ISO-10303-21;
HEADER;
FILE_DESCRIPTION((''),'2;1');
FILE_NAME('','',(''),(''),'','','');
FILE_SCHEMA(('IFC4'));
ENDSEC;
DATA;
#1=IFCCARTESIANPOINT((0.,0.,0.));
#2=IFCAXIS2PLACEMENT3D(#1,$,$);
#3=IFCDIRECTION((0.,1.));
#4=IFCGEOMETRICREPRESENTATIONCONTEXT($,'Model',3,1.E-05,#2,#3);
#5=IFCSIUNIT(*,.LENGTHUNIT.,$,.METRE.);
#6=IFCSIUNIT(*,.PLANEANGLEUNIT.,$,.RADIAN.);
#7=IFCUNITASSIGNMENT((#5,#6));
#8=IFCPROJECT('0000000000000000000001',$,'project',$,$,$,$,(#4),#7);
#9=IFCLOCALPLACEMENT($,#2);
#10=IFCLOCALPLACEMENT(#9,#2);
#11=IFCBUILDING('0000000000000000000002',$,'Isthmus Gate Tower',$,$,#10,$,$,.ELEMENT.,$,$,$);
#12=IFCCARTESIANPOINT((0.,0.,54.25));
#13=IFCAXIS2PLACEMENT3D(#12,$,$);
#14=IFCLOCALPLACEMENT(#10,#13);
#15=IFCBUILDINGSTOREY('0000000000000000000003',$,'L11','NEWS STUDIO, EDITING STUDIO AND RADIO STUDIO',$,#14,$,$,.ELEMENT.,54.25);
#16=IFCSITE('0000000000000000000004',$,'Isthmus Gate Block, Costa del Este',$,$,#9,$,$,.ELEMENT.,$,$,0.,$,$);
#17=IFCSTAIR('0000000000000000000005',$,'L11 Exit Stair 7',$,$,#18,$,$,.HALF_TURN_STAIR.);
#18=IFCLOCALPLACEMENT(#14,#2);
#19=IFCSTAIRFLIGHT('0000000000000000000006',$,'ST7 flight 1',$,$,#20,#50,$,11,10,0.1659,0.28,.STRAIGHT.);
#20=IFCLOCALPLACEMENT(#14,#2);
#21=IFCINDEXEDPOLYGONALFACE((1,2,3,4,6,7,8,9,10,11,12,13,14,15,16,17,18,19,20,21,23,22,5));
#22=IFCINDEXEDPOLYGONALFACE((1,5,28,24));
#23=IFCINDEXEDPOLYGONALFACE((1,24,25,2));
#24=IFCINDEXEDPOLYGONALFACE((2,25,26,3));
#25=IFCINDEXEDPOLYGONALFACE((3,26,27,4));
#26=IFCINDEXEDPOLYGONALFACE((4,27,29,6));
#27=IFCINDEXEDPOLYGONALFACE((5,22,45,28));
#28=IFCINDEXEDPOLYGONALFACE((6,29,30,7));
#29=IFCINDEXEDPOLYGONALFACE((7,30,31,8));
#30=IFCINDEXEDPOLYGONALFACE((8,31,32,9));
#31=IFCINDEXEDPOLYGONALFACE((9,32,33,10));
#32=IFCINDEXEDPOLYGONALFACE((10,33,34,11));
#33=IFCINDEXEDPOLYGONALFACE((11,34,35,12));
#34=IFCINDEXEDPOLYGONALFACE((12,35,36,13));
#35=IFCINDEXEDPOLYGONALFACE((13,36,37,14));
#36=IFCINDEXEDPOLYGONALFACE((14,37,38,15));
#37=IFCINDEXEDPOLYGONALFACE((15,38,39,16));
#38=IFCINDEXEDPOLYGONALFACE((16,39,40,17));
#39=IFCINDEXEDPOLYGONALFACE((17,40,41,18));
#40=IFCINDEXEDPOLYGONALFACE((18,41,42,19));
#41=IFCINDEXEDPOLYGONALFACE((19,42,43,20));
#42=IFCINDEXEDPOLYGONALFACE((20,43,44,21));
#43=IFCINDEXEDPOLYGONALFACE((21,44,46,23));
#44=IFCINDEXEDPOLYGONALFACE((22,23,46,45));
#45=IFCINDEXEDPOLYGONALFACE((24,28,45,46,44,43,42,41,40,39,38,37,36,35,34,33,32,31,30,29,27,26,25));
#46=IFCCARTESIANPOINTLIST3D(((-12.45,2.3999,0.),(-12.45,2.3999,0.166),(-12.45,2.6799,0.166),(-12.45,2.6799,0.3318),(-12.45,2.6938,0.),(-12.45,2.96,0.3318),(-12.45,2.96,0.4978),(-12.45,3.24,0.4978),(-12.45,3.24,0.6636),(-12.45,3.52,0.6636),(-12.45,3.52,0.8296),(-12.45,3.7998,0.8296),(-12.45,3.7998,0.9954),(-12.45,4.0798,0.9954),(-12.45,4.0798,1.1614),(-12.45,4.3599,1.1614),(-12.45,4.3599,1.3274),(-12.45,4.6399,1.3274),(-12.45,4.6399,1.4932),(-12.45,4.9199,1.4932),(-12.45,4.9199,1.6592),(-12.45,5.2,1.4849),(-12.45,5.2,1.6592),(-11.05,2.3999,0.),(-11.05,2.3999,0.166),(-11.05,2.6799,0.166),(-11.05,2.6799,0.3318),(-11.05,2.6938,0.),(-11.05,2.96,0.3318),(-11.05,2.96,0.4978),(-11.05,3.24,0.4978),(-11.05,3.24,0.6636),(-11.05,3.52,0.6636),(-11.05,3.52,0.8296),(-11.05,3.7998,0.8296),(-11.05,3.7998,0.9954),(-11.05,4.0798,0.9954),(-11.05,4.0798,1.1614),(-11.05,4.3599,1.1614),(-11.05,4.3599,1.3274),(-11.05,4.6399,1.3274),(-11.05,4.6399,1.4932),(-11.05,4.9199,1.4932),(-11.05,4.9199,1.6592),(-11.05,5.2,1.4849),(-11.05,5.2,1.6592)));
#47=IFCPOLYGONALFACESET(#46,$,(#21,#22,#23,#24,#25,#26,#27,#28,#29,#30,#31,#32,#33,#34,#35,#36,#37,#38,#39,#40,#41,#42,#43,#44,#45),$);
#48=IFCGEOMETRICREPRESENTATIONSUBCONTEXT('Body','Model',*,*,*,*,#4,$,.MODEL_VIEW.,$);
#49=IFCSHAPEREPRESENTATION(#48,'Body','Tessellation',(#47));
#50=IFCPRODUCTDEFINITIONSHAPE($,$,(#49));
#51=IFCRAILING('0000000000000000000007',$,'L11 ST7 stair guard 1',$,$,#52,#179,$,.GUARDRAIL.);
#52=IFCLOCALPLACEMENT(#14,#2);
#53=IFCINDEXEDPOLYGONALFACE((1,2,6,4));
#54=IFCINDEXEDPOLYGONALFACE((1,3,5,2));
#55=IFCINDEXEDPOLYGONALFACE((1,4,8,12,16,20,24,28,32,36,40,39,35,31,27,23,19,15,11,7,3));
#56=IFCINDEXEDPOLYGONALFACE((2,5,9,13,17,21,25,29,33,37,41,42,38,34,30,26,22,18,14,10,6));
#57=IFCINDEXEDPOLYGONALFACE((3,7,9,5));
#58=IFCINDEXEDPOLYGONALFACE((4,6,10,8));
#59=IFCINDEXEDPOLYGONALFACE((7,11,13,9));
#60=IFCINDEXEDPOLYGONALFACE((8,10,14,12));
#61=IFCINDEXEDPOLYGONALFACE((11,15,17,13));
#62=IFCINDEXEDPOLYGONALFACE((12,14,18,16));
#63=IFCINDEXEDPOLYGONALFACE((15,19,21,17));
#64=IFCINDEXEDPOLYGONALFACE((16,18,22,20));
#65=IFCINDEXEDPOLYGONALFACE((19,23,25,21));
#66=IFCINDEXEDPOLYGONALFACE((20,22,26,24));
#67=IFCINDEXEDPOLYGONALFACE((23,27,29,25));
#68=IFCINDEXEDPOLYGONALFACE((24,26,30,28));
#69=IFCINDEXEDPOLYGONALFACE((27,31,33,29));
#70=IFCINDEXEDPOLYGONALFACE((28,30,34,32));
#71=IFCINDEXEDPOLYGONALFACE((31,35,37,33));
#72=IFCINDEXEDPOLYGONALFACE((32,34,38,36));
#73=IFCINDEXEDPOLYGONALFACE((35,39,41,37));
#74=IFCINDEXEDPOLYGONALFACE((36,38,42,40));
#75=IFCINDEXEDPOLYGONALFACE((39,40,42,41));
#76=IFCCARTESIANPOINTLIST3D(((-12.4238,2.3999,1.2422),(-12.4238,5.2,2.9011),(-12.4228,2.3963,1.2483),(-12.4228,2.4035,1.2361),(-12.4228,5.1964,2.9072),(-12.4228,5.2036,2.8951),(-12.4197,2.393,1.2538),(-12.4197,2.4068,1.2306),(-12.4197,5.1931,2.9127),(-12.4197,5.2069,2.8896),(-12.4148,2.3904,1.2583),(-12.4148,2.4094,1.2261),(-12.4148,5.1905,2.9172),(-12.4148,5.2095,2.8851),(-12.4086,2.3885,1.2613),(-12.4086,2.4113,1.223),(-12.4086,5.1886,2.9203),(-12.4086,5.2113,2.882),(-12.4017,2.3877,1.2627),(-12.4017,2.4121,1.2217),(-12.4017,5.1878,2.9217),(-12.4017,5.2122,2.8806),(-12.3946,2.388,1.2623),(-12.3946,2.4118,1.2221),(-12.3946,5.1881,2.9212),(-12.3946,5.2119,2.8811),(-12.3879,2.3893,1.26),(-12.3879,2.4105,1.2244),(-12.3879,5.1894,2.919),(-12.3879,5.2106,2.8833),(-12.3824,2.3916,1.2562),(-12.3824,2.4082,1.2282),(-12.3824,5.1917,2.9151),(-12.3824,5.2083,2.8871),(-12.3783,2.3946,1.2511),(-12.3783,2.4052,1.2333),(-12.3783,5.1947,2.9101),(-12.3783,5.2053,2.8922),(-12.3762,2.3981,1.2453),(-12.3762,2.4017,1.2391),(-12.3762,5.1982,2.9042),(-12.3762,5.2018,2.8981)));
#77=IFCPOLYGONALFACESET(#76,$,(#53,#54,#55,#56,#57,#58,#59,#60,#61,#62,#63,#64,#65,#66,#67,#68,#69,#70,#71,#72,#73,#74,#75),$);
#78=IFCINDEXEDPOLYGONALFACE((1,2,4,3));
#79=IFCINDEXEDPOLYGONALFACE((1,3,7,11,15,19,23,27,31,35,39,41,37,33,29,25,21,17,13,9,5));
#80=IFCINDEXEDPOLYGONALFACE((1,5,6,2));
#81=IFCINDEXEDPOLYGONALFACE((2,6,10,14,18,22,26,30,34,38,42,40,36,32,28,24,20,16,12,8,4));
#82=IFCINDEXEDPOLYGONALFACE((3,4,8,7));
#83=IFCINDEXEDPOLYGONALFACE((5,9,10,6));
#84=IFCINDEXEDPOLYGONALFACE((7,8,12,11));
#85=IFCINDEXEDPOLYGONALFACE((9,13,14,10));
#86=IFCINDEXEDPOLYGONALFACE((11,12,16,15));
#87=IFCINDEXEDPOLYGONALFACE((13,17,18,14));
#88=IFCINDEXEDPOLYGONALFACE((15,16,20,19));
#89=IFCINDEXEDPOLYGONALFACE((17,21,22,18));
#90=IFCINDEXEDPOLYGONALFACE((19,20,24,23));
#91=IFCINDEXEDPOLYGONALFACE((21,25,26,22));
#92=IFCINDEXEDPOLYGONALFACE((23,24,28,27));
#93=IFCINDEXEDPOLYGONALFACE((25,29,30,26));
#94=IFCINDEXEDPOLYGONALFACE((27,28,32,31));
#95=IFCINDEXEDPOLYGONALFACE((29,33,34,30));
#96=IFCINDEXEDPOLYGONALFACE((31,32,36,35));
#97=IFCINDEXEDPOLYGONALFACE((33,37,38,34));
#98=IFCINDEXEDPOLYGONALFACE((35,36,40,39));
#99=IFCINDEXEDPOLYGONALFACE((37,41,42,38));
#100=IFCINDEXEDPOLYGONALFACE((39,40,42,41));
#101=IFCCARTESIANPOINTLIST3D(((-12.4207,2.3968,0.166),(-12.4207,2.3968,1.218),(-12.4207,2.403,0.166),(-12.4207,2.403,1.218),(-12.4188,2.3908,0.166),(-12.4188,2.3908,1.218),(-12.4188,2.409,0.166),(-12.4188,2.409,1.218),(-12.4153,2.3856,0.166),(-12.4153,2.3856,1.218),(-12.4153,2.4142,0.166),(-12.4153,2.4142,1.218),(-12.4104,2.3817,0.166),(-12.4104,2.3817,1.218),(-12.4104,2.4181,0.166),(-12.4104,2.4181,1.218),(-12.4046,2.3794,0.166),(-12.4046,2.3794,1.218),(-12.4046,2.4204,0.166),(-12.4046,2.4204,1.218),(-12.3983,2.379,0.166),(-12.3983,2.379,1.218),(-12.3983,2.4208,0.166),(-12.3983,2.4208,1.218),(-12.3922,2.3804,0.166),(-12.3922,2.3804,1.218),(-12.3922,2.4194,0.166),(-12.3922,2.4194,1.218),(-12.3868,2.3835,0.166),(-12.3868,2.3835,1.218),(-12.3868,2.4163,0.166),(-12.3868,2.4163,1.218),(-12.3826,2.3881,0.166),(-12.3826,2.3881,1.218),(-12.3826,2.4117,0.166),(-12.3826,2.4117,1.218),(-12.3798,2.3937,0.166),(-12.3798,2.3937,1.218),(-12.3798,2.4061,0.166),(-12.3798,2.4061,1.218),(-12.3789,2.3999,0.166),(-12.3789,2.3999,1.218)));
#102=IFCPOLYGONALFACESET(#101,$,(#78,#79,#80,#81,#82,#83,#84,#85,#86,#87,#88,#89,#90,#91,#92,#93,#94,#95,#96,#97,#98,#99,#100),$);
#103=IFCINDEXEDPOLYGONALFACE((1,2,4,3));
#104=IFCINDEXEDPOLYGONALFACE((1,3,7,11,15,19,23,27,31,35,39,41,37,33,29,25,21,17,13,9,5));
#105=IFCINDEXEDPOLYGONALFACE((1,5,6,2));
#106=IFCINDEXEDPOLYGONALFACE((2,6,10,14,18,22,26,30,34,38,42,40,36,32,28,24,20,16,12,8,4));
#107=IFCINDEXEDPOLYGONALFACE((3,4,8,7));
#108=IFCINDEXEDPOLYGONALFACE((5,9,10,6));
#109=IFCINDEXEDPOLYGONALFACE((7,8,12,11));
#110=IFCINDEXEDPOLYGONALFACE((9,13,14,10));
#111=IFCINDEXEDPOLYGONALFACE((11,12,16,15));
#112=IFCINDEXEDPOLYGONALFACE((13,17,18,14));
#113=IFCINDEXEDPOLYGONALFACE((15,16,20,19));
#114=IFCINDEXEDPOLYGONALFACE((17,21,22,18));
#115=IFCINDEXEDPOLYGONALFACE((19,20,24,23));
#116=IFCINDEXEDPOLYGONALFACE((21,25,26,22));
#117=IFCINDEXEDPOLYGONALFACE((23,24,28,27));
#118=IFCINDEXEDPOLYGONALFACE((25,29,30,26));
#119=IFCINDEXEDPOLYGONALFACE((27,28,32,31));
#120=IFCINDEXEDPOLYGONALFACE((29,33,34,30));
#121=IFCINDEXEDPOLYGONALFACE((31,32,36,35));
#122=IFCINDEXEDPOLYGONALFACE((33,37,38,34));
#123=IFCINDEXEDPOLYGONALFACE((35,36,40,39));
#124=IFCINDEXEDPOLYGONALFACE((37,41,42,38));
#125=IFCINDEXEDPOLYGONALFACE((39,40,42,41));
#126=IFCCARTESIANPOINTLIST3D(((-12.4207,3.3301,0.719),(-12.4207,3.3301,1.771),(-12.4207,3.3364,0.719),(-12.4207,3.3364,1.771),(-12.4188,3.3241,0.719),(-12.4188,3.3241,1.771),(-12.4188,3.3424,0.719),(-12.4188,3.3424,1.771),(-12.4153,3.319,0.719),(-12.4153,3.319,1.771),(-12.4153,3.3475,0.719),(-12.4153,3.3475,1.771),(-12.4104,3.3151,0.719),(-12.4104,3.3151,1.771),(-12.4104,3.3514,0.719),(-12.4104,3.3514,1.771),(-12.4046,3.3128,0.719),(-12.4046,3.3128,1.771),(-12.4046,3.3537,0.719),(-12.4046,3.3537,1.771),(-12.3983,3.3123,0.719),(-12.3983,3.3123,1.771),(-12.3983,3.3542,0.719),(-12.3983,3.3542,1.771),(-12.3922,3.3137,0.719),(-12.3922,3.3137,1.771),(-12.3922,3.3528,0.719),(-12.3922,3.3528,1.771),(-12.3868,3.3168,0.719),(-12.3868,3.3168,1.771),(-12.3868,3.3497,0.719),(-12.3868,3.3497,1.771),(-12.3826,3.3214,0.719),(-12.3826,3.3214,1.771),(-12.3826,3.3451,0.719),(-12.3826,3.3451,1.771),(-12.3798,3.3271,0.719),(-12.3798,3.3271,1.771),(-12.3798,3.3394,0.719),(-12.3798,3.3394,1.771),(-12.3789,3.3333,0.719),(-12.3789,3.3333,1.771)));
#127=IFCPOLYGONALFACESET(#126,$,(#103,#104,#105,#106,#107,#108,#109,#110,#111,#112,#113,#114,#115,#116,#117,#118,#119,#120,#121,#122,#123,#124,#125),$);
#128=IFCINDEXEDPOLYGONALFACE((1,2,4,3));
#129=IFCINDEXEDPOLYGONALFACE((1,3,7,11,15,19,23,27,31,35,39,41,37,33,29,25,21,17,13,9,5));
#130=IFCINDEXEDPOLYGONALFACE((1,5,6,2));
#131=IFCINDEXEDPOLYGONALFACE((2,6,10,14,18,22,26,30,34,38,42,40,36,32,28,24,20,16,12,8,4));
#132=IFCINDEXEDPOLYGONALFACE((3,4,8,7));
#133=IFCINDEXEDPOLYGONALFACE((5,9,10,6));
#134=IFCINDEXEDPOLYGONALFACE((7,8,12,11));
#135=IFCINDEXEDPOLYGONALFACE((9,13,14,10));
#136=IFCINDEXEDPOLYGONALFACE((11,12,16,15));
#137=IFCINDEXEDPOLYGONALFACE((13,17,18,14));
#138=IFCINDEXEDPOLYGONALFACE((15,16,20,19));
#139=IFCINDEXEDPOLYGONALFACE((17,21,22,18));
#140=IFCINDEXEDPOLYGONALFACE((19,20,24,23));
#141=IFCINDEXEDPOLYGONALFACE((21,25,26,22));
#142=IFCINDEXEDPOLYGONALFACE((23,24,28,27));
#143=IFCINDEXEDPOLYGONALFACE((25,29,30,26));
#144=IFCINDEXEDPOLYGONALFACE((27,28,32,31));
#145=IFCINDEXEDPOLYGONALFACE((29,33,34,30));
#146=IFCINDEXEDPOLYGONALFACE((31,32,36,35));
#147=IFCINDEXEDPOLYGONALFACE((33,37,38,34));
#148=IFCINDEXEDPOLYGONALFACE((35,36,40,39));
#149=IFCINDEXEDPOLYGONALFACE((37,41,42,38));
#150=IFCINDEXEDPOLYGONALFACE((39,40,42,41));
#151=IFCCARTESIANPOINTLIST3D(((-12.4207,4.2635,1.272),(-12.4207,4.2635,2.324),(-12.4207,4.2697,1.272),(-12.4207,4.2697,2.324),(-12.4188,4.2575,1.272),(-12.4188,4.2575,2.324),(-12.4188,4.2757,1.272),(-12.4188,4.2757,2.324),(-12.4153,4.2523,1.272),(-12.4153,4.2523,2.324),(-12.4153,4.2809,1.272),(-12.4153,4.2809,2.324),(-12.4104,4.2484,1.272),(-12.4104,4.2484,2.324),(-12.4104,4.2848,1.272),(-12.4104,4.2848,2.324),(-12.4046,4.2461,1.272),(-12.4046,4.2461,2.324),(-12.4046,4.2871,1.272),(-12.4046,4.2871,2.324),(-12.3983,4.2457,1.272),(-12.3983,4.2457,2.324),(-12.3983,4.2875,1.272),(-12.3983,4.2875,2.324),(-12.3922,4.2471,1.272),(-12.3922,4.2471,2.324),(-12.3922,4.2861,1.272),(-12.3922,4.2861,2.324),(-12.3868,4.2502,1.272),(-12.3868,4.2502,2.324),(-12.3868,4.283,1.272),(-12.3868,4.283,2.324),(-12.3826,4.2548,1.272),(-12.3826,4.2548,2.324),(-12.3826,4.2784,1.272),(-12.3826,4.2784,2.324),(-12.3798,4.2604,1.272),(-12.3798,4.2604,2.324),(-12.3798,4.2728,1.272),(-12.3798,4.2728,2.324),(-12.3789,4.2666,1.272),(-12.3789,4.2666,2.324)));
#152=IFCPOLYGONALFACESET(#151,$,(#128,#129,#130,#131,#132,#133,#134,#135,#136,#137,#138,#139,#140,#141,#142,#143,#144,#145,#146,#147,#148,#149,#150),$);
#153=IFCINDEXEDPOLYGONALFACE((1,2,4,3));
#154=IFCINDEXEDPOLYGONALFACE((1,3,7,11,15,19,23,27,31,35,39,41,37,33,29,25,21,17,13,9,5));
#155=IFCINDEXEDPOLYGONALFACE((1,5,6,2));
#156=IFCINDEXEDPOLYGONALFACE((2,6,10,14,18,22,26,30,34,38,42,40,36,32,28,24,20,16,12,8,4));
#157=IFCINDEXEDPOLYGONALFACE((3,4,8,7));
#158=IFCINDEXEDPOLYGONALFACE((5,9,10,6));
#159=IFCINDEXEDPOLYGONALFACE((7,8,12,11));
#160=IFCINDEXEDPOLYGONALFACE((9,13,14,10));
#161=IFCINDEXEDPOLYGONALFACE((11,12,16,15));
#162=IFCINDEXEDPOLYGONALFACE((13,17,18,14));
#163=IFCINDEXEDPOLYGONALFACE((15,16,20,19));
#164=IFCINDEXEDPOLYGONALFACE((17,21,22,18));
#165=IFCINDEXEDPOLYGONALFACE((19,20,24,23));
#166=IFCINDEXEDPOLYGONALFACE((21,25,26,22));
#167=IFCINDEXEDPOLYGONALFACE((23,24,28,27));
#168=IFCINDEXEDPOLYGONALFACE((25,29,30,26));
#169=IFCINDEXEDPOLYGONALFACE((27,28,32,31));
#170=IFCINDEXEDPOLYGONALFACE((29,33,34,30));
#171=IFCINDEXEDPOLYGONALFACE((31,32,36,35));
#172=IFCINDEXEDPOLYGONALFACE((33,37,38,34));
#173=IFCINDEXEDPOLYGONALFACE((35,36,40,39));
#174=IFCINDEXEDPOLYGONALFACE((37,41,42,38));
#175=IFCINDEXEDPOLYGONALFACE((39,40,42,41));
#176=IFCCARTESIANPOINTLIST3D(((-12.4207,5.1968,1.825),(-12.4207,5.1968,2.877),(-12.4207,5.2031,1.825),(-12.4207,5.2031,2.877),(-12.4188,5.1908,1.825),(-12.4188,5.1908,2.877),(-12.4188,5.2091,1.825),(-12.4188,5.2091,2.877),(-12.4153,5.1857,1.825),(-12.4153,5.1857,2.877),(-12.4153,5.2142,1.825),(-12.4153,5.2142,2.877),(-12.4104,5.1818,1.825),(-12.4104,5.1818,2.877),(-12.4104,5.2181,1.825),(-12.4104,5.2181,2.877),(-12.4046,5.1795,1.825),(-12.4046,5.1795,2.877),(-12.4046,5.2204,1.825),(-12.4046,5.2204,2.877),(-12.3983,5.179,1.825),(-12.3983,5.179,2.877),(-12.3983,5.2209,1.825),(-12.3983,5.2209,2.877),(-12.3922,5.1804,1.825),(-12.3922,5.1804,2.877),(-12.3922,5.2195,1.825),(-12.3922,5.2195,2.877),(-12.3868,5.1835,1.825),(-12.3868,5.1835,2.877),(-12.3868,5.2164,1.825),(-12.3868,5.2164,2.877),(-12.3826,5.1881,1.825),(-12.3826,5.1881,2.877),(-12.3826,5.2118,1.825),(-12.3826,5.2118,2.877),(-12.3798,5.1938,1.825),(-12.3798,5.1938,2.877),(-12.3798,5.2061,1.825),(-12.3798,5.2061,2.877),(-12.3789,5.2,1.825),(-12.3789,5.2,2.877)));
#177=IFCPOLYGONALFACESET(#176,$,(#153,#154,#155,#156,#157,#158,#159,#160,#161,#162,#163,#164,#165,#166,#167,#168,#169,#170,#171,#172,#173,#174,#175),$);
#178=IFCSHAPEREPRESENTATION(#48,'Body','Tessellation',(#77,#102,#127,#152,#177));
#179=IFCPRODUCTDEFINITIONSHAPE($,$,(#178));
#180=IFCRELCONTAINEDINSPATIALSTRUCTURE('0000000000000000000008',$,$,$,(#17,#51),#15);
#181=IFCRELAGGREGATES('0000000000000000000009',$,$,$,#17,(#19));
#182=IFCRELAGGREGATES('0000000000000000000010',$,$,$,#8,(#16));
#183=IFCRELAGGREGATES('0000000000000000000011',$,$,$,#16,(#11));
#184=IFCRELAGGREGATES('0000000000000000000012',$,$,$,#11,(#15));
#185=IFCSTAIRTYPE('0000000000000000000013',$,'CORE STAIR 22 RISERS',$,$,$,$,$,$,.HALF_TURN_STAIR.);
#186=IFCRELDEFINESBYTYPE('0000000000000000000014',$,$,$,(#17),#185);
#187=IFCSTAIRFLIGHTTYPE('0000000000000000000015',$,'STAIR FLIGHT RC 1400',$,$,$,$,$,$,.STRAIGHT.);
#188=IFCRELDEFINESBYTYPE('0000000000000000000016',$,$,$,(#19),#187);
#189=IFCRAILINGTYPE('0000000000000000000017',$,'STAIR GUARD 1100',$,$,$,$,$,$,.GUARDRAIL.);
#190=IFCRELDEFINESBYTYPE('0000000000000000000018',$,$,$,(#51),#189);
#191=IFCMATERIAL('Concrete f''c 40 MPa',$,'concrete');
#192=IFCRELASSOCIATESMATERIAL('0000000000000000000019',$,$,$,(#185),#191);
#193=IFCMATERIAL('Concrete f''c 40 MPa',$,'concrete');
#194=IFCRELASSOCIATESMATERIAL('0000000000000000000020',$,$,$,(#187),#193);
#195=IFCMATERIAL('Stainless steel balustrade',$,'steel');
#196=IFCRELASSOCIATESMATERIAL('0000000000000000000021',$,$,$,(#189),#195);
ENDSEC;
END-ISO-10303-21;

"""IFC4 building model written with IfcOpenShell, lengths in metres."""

from ifc_helpers import new_model, si_unit, direction, frame, origin, origin_2d, place, context, subcontext, project, spatial, polyline, circle, outline, extrude, material, type_object, element, aggregate, save


model = new_model("IFC4")

# Units and contexts
model_context = context("Model", 3, precision=1e-05, world=origin(), true_north=direction((0.0, 1.0)))
body_context = subcontext(model_context, "Body", "Model", "MODEL_VIEW")
ifc_project = project(units=[si_unit("LENGTHUNIT", "METRE"), si_unit("PLANEANGLEUNIT", "RADIAN")], contexts=[model_context])

# Site, building, storey
site_placement = place(None, origin())
site = spatial("IfcSite", under=ifc_project, at=site_placement, Name="Isthmus Gate Block, Costa del Este", CompositionType="ELEMENT", RefElevation=0.0)
building_placement = place(site_placement, origin())
building = spatial("IfcBuilding", under=site, at=building_placement, Name="Isthmus Gate Tower", CompositionType="ELEMENT")
storey_placement = place(building_placement, frame((0.0, 0.0, 54.25)))
storey = spatial("IfcBuildingStorey", under=building, at=storey_placement, Name="L11", Description="NEWS STUDIO, EDITING STUDIO AND RADIO STUDIO", CompositionType="ELEMENT", Elevation=54.25)

# Stair, stair flight
ifc_material_1 = material(Name="Concrete f'c 40 MPa", Category="concrete")
stair_type = type_object("IfcStairType", Name="CORE STAIR 22 RISERS", PredefinedType="HALF_TURN_STAIR", material=ifc_material_1)
stair_placement = place(storey_placement, origin())
stair = element("IfcStair", 1, at=stair_placement, inside=storey, type_object=stair_type, Name="L11 Exit Stair 7", PredefinedType="HALF_TURN_STAIR")
ifc_material_2 = material(Name="Concrete f'c 40 MPa", Category="concrete")
stair_flight_type = type_object("IfcStairFlightType", Name="STAIR FLIGHT RC 1400", PredefinedType="STRAIGHT", material=ifc_material_2)
stair_flight_placement = place(storey_placement, frame((-11.75, 2.3999, 0.0), z_axis=(0.0, 0.0, 1.0), x_axis=(0.0, 1.0, 0.0)))
stair_flight = element("IfcStairFlight", 2, at=stair_flight_placement, type_object=stair_flight_type, Name="ST7 flight 1", NumberOfRisers=11, NumberOfTreads=10, PredefinedType="STRAIGHT", RiserHeight=0.1659, TreadLength=0.28, context=body_context, shape_type="SweptSolid", body=[
    extrude(outline(polyline([(0.0, 0.0), (0.0, 0.166), (0.28, 0.166), (0.28, 0.3318), (0.5601, 0.3318), (0.5601, 0.4978), (0.8401, 0.4978), (0.8401, 0.6636), (1.1201, 0.6636), (1.1201, 0.8296), (1.3999, 0.8296), (1.3999, 0.9954), (1.6799, 0.9954), (1.6799, 1.1614), (1.96, 1.1614), (1.96, 1.3274), (2.24, 1.3274), (2.24, 1.4932), (2.52, 1.4932), (2.52, 1.6592), (2.8, 1.6592), (2.8, 1.825), (2.8, 1.4849), (0.2939, 0.0), (0.0, 0.0)])), frame((0.0, 0.7, 0.0), z_axis=(0.0, -1.0, 0.0), x_axis=(1.0, 0.0, 0.0)), (0.0, 0.0, 1.0), 1.3999),
])
aggregate(stair, [stair_flight])

# Railing
ifc_material_3 = material(Name="Stainless steel balustrade", Category="steel")
railing_type_1 = type_object("IfcRailingType", Name="STAIR GUARD 1100", PredefinedType="GUARDRAIL", material=ifc_material_3)
railing_1_placement = place(storey_placement, frame((-12.3999, 2.3999, 0.166)))
element("IfcRailing", 3, at=railing_1_placement, inside=storey, type_object=railing_type_1, Name="L11 ST7 stair guard 1", PredefinedType="GUARDRAIL", context=body_context, shape_type="SweptSolid", body=[
    extrude(circle(Radius=0.0239, at=origin_2d()), frame((0.0, 0.0, 1.0762), z_axis=(0.0, 0.860339, 0.509722), x_axis=(-1.0, 0.0, 0.0)), (0.0, 0.0, 1.0), 3.2546),
    extrude(circle(Radius=0.021, at=origin_2d()), origin(), (0.0, 0.0, 1.0), 1.052),
    extrude(circle(Radius=0.021, at=origin_2d()), frame((0.0, 0.9333, 0.553)), (0.0, 0.0, 1.0), 1.052),
    extrude(circle(Radius=0.021, at=origin_2d()), frame((0.0, 1.8667, 1.106)), (0.0, 0.0, 1.0), 1.052),
    extrude(circle(Radius=0.021, at=origin_2d()), frame((0.0, 2.8, 1.6589)), (0.0, 0.0, 1.0), 1.052),
])

save(model, "model.ifc")
